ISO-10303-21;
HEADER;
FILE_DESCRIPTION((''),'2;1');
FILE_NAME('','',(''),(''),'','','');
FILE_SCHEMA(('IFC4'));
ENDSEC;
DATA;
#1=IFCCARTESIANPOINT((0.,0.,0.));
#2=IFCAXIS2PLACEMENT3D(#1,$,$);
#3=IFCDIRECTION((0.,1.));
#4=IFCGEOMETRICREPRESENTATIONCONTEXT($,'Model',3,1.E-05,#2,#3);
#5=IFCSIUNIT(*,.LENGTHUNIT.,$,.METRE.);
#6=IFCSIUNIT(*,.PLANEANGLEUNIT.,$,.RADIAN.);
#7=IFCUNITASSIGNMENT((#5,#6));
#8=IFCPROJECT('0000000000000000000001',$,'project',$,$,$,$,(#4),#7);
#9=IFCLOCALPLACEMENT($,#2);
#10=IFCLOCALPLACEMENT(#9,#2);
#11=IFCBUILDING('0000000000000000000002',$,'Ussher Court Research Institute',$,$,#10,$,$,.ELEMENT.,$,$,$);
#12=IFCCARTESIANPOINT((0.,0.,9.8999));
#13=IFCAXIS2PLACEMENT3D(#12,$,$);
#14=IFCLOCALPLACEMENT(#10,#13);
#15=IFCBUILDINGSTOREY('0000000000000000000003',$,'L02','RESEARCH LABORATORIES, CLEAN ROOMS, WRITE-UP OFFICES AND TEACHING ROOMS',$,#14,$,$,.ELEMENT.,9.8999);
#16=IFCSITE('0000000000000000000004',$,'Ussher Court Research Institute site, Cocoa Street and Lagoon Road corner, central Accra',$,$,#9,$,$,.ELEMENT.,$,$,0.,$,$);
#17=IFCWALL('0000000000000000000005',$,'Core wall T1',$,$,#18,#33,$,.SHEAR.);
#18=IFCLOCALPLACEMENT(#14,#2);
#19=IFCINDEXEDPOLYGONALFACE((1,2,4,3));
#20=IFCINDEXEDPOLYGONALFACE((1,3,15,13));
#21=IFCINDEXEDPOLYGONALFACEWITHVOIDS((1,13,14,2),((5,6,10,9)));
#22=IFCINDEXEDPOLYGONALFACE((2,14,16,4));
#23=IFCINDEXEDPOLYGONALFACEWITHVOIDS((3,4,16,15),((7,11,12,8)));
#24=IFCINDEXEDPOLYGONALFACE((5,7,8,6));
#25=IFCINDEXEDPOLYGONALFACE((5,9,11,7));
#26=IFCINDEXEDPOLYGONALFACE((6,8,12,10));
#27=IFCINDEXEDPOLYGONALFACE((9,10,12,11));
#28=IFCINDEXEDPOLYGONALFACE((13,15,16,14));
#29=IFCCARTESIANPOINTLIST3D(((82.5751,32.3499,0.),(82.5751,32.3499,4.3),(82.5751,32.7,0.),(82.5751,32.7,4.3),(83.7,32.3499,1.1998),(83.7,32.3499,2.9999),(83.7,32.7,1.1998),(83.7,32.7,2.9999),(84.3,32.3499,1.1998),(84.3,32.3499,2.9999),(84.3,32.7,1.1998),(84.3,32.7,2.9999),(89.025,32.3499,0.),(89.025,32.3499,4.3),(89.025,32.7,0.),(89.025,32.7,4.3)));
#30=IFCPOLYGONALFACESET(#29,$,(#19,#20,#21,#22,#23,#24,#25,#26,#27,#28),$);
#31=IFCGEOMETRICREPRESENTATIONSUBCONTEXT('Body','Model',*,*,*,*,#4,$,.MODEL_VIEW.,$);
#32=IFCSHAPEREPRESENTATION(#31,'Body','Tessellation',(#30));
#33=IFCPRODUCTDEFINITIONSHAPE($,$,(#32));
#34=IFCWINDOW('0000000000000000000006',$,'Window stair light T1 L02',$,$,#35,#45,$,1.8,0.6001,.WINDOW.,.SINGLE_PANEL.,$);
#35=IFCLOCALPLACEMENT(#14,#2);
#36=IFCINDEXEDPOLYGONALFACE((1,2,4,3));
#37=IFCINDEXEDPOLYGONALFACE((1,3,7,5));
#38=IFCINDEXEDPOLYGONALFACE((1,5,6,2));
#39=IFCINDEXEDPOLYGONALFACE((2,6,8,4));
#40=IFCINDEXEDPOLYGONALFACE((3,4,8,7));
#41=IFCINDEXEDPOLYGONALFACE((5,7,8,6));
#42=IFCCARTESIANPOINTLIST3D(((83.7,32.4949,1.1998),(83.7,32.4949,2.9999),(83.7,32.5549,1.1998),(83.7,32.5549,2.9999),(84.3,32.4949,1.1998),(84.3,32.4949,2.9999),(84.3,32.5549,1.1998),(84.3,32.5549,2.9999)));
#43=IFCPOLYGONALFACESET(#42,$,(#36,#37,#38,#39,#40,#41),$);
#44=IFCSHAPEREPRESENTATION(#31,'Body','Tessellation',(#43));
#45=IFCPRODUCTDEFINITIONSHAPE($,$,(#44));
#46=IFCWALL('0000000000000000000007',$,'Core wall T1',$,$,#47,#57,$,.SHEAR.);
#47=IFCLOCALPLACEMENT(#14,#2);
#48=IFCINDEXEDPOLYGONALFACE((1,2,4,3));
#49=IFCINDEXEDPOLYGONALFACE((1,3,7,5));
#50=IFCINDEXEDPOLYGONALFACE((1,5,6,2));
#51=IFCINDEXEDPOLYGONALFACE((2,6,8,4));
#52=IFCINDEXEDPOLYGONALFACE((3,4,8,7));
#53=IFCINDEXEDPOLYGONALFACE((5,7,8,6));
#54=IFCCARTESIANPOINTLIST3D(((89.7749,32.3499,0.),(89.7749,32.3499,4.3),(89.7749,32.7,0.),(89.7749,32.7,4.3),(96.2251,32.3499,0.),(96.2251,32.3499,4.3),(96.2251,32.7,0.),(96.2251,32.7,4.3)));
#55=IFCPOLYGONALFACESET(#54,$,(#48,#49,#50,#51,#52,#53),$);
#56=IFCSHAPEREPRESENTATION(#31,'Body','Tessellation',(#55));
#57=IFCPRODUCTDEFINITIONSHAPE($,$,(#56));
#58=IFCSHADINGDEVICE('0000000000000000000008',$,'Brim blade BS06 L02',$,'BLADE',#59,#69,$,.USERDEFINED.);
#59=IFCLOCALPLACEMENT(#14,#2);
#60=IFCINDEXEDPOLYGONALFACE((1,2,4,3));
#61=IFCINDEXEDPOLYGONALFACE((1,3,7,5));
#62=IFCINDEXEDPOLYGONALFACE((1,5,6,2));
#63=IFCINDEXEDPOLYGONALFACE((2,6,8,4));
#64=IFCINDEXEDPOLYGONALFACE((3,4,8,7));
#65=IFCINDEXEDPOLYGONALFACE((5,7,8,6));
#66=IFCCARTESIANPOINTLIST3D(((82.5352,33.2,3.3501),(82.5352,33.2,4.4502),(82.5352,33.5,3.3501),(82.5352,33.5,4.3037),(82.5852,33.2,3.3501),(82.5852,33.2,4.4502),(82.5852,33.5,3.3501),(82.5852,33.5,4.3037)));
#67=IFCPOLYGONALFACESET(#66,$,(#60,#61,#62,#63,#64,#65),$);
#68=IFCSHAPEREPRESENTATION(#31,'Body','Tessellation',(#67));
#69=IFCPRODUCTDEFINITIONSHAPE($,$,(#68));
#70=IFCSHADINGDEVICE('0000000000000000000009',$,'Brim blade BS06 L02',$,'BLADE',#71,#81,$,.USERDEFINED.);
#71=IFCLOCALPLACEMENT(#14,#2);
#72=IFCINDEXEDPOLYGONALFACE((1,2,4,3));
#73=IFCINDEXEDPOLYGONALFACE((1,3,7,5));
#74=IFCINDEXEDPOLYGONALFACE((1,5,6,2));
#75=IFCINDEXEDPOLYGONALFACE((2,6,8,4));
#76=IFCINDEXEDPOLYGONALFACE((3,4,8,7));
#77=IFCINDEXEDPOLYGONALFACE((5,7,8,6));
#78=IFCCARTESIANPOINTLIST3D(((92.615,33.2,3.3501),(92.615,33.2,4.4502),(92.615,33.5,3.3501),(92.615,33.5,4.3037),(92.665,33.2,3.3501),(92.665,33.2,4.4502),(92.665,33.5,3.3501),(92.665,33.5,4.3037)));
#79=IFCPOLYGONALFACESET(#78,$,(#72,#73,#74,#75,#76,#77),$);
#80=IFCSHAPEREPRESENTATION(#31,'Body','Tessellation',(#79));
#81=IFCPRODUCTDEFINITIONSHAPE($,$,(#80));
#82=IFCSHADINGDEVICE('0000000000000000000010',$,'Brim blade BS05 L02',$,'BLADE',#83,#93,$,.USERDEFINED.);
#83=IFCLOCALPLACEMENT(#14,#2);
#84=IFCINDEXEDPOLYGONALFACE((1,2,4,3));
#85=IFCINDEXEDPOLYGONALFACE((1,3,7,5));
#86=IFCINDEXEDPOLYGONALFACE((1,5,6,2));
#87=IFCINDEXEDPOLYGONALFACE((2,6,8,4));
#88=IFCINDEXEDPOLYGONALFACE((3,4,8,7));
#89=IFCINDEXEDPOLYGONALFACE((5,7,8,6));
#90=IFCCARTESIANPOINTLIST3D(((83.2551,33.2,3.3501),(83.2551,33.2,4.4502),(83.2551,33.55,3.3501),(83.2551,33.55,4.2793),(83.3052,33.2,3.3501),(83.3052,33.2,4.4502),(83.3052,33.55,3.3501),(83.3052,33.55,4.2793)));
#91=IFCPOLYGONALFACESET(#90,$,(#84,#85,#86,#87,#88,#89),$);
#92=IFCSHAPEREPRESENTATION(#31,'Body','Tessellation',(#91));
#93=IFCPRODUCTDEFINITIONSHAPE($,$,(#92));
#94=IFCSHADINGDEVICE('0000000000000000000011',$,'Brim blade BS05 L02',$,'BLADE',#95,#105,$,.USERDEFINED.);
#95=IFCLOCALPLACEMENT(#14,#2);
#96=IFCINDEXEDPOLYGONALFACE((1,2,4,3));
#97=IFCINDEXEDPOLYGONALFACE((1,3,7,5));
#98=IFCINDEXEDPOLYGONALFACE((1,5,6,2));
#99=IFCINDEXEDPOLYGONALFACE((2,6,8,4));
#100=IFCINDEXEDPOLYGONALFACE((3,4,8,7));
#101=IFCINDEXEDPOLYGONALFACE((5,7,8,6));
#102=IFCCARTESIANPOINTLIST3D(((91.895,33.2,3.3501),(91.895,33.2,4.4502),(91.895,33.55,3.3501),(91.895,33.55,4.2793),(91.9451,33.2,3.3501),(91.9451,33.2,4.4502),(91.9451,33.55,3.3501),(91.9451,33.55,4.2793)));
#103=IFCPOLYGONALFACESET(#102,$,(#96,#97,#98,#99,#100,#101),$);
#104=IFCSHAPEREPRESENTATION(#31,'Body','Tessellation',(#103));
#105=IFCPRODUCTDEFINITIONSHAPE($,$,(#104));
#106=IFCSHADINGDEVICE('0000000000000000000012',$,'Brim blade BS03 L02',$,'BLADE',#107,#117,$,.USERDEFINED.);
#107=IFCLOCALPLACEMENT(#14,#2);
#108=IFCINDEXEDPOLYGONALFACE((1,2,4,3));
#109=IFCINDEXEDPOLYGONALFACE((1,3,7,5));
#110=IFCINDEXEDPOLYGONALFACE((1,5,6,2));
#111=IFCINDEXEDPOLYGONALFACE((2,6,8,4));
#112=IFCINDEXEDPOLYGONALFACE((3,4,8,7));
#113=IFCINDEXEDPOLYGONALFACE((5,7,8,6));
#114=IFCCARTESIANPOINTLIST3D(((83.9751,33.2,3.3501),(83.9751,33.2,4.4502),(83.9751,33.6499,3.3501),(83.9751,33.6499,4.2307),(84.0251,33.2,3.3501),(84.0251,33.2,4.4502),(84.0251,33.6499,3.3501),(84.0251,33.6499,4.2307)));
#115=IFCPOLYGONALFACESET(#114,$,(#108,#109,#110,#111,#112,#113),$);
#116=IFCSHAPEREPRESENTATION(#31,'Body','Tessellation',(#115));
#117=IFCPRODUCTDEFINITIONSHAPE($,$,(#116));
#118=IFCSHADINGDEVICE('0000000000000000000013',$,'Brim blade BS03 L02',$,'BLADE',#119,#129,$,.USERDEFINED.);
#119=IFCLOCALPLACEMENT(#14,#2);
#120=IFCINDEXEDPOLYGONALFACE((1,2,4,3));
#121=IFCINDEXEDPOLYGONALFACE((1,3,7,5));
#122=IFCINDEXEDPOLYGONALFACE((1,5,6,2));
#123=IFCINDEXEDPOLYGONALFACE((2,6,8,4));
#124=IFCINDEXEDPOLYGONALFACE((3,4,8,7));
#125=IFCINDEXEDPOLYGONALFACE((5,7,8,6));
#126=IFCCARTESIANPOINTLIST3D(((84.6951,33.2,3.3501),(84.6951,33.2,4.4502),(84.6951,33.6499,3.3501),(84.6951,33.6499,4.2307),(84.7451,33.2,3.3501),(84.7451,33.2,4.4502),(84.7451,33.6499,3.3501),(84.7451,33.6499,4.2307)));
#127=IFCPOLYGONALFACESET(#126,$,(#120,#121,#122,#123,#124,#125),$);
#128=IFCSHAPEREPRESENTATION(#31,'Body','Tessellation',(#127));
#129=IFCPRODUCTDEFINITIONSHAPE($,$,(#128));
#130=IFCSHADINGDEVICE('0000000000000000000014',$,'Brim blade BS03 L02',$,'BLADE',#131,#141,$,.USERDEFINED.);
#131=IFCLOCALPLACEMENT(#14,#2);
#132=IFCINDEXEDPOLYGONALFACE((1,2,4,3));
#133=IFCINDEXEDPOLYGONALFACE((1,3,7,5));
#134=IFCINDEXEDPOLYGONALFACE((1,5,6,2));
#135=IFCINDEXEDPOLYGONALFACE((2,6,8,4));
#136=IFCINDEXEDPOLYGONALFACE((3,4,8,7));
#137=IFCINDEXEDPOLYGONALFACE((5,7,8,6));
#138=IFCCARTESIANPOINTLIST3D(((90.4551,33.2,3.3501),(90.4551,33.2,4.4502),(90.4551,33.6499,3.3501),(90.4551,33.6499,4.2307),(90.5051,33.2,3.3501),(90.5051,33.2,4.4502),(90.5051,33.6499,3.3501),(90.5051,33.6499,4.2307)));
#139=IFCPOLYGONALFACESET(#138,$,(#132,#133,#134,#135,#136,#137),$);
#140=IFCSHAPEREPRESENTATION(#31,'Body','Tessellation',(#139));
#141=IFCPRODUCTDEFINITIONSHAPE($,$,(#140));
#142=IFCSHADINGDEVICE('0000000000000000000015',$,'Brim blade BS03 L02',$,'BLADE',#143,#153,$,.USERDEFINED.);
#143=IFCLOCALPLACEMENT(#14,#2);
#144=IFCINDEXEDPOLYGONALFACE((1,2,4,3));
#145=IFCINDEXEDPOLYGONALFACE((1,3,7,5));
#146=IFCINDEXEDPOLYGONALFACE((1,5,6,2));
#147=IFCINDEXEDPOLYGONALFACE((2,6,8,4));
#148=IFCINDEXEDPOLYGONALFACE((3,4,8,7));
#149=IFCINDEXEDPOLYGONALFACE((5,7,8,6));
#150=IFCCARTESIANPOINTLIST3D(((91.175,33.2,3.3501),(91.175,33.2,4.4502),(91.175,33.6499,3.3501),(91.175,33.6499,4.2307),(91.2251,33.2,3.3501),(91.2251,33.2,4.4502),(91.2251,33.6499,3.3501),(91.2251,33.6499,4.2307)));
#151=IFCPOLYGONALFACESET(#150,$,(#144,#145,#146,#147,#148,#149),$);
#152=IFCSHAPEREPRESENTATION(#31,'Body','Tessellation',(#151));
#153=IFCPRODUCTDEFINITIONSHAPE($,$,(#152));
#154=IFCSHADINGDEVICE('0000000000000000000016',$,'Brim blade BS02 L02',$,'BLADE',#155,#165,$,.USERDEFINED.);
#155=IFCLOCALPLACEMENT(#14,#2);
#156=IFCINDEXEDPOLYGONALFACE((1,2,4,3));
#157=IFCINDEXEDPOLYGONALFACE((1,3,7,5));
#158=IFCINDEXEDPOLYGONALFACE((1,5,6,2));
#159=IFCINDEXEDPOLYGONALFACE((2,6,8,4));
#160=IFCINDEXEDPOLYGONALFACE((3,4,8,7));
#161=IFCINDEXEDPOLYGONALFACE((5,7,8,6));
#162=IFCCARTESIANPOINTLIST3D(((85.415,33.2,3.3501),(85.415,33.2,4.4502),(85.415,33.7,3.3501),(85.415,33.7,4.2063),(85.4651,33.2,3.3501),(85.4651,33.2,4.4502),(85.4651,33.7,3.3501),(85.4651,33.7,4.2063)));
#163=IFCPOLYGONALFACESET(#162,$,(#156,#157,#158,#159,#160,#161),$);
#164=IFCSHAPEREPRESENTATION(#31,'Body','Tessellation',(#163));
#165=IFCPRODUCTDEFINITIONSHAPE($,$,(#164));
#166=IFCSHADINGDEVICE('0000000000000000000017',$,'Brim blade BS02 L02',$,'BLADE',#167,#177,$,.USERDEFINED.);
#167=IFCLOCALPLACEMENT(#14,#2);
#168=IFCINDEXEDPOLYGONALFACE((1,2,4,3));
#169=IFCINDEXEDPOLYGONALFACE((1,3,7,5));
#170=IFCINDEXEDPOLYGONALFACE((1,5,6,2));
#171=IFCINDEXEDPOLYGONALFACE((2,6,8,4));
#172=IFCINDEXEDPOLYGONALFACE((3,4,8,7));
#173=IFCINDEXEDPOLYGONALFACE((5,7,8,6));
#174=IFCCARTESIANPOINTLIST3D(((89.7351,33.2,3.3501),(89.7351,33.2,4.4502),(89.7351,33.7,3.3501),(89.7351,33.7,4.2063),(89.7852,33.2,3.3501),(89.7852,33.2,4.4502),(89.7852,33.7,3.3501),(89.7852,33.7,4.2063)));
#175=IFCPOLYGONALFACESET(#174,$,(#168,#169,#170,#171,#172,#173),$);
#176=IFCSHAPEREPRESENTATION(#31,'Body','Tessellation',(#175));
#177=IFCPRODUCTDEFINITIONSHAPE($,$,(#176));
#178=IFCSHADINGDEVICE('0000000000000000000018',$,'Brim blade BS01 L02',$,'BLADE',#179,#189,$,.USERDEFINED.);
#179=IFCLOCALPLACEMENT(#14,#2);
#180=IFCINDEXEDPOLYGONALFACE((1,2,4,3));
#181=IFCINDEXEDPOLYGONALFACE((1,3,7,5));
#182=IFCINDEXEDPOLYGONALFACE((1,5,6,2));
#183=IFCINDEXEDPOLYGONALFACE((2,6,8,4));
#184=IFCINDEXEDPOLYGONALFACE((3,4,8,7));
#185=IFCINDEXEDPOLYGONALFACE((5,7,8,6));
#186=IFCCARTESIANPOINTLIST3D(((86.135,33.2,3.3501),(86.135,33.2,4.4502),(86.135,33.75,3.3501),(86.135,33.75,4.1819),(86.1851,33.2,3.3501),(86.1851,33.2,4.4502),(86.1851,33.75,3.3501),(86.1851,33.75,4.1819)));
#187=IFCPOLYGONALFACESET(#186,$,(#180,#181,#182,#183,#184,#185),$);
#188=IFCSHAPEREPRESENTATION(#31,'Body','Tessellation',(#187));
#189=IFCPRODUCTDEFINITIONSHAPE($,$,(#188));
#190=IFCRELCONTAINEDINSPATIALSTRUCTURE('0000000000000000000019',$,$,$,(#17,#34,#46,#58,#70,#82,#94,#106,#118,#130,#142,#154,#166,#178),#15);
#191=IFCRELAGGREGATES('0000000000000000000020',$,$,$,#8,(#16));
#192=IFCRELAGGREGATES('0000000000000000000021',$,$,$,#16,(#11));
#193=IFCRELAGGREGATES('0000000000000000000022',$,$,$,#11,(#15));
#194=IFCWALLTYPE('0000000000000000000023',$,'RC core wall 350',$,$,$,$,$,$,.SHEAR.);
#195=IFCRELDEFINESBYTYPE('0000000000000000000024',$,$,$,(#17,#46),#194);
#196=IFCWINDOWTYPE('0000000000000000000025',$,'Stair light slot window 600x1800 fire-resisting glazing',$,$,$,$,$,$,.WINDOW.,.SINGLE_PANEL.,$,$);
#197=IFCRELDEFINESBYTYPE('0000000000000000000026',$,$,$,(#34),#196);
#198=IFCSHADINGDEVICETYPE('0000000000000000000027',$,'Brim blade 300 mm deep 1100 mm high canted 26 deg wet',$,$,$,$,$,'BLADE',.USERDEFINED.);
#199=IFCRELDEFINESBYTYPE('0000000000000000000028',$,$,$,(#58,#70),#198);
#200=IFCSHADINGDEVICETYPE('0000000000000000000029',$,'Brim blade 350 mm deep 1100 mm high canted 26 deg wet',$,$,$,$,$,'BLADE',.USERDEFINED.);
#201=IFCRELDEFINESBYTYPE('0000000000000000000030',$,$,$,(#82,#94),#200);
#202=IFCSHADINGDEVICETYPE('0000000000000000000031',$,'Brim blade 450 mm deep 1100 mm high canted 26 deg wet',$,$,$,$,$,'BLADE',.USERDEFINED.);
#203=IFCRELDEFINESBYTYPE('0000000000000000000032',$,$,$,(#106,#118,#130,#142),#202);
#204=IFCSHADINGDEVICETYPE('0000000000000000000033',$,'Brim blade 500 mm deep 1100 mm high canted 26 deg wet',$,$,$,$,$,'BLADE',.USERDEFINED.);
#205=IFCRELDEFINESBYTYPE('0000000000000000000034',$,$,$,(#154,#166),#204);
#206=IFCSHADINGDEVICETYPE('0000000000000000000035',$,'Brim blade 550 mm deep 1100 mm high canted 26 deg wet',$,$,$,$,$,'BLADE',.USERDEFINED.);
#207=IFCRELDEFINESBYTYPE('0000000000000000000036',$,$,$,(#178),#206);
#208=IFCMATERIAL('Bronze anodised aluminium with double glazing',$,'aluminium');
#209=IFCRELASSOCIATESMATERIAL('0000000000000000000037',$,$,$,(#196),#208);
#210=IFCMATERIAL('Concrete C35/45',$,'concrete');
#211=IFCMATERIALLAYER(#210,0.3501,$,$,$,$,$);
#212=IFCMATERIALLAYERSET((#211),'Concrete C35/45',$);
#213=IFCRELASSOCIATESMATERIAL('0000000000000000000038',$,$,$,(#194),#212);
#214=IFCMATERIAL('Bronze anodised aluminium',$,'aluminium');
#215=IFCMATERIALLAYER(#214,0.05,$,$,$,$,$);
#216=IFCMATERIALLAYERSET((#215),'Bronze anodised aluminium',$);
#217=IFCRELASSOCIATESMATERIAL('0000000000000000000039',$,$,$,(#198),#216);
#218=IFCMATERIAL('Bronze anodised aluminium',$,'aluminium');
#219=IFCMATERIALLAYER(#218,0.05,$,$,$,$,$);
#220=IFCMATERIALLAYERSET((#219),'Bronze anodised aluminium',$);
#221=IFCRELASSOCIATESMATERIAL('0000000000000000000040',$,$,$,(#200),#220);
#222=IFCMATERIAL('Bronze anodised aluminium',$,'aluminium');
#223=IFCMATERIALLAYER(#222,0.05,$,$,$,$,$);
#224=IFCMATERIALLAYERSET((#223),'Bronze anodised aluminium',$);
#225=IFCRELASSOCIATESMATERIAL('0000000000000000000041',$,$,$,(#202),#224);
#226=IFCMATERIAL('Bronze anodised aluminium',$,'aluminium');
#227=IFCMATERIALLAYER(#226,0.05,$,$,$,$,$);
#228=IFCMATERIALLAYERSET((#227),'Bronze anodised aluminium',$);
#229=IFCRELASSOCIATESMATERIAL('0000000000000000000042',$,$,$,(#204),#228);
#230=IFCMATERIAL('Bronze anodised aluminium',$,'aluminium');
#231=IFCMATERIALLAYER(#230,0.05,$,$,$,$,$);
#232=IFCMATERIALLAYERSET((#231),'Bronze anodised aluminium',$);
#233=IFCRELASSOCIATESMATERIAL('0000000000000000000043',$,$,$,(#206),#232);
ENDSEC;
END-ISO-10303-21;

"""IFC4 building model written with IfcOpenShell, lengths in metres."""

from ifc_helpers import new_model, si_unit, direction, frame, frame_2d, origin, place, context, subcontext, project, spatial, polyline, rectangle, outline, extrude, material, layer, layer_set, type_object, element, fill, save


model = new_model("IFC4")

# Units and contexts
model_context = context("Model", 3, precision=1e-05, world=origin(), true_north=direction((0.0, 1.0)))
body_context = subcontext(model_context, "Body", "Model", "MODEL_VIEW")
ifc_project = project(units=[si_unit("LENGTHUNIT", "METRE"), si_unit("PLANEANGLEUNIT", "RADIAN")], contexts=[model_context])

# Site, building, storey
site_placement = place(None, origin())
site = spatial("IfcSite", under=ifc_project, at=site_placement, Name="Ussher Court Research Institute site, Cocoa Street and Lagoon Road corner, central Accra", CompositionType="ELEMENT", RefElevation=0.0)
building_placement = place(site_placement, origin())
building = spatial("IfcBuilding", under=site, at=building_placement, Name="Ussher Court Research Institute", CompositionType="ELEMENT")
storey_placement = place(building_placement, frame((0.0, 0.0, 9.8999)))
storey = spatial("IfcBuildingStorey", under=building, at=storey_placement, Name="L02", Description="RESEARCH LABORATORIES, CLEAN ROOMS, WRITE-UP OFFICES AND TEACHING ROOMS", CompositionType="ELEMENT", Elevation=9.8999)

# Shared definitions
ifc_material_1 = material(Name="Bronze anodised aluminium with double glazing", Category="aluminium")
window_type = type_object("IfcWindowType", Name="Stair light slot window 600x1800 fire-resisting glazing", PartitioningType="SINGLE_PANEL", PredefinedType="WINDOW", material=ifc_material_1)

# Wall, opening, window
ifc_material_2 = material(Name="Concrete C35/45", Category="concrete")
ifc_layer_1 = layer(ifc_material_2, 0.3501)
ifc_layer_set_1 = layer_set([ifc_layer_1], Name="Concrete C35/45")
wall_type_1 = type_object("IfcWallType", Name="RC core wall 350", PredefinedType="SHEAR", material=ifc_layer_set_1)
wall_1_placement = place(storey_placement, frame((82.575, 32.5249, 0.0), z_axis=(0.0, 0.0, 1.0), x_axis=(1.0, 0.0, 0.0)))
wall_1 = element("IfcWall", 1, at=wall_1_placement, inside=storey, type_object=wall_type_1, Name="Core wall T1", PredefinedType="SHEAR", context=body_context, shape_type="SweptSolid", body=[
    extrude(rectangle(XDim=6.45, YDim=0.3501, at=frame_2d((3.2251, 0.0))), origin(), (0.0, 0.0, 1.0), 4.3),
])
opening_1_placement = place(wall_1_placement, frame((1.125, 0.0, 1.2)))
opening_1 = element("IfcOpeningElement", 2, at=opening_1_placement, cuts=wall_1, PredefinedType="OPENING", context=body_context, shape_type="SweptSolid", body=[
    extrude(rectangle(XDim=0.6001, YDim=1.8, at=frame_2d((0.3, 0.8999))), frame((0.0, 0.1851, 0.0), z_axis=(0.0, -1.0, 0.0), x_axis=(1.0, 0.0, 0.0)), (0.0, 0.0, 1.0), 0.3701),
])
window_1_placement = place(opening_1_placement, origin())
window_1 = element("IfcWindow", 3, at=window_1_placement, inside=storey, type_object=window_type, Name="Window stair light T1 L02", OverallHeight=1.8, OverallWidth=0.6001, PartitioningType="SINGLE_PANEL", PredefinedType="WINDOW", context=body_context, shape_type="SweptSolid", body=[
    extrude(rectangle(XDim=0.6001, YDim=1.8, at=frame_2d((0.3, 0.8999))), frame((0.0, 0.03, 0.0), z_axis=(0.0, -1.0, 0.0), x_axis=(1.0, 0.0, 0.0)), (0.0, 0.0, 1.0), 0.0601),
])
fill(opening_1, window_1)

# Wall
wall_2_placement = place(storey_placement, frame((89.7749, 32.5249, 0.0), z_axis=(0.0, 0.0, 1.0), x_axis=(1.0, 0.0, 0.0)))
element("IfcWall", 4, at=wall_2_placement, inside=storey, type_object=wall_type_1, Name="Core wall T1", PredefinedType="SHEAR", context=body_context, shape_type="SweptSolid", body=[
    extrude(rectangle(XDim=6.4502, YDim=0.3501, at=frame_2d((3.2251, 0.0))), origin(), (0.0, 0.0, 1.0), 4.3),
])

# Shading devices
ifc_material_3 = material(Name="Bronze anodised aluminium", Category="aluminium")
ifc_layer_2 = layer(ifc_material_3, 0.05)
ifc_layer_set_2 = layer_set([ifc_layer_2], Name="Bronze anodised aluminium")
shading_device_type_1 = type_object("IfcShadingDeviceType", Name="Brim blade 300 mm deep 1100 mm high canted 26 deg wet", ElementType="BLADE", PredefinedType="USERDEFINED", material=ifc_layer_set_2)
for number, where, z_axis, x_axis, name in (
    (5, (82.5601, 33.2, 3.3501), (0.0, 0.0, 1.0), (0.0, 1.0, 0.0), "Brim blade BS06 L02"),
    (6, (92.6399, 33.2, 3.3501), (0.0, 0.0, 1.0), (0.0, 1.0, 0.0), "Brim blade BS06 L02"),
):
    element("IfcShadingDevice", number, at=place(storey_placement, frame(where, z_axis=z_axis, x_axis=x_axis)), inside=storey, type_object=shading_device_type_1, Name=name, ObjectType="BLADE", PredefinedType="USERDEFINED", context=body_context, shape_type="SweptSolid", body=[
        extrude(outline(polyline([(0.0, 0.0), (0.3, 0.0), (0.3, 0.9536), (0.0, 1.1001), (0.0, 0.0)])), frame((0.0, 0.0249, 0.0), z_axis=(0.0, -1.0, 0.0), x_axis=(1.0, 0.0, 0.0)), (0.0, 0.0, 1.0), 0.05),
    ])
ifc_material_4 = material(Name="Bronze anodised aluminium", Category="aluminium")
ifc_layer_3 = layer(ifc_material_4, 0.05)
ifc_layer_set_3 = layer_set([ifc_layer_3], Name="Bronze anodised aluminium")
shading_device_type_2 = type_object("IfcShadingDeviceType", Name="Brim blade 350 mm deep 1100 mm high canted 26 deg wet", ElementType="BLADE", PredefinedType="USERDEFINED", material=ifc_layer_set_3)
for number, where, z_axis, x_axis, name in (
    (7, (83.28, 33.2, 3.3501), (0.0, 0.0, 1.0), (0.0, 1.0, 0.0), "Brim blade BS05 L02"),
    (8, (91.9199, 33.2, 3.3501), (0.0, 0.0, 1.0), (0.0, 1.0, 0.0), "Brim blade BS05 L02"),
):
    element("IfcShadingDevice", number, at=place(storey_placement, frame(where, z_axis=z_axis, x_axis=x_axis)), inside=storey, type_object=shading_device_type_2, Name=name, ObjectType="BLADE", PredefinedType="USERDEFINED", context=body_context, shape_type="SweptSolid", body=[
        extrude(outline(polyline([(0.0, 0.0), (0.3501, 0.0), (0.3501, 0.9292), (0.0, 1.1001), (0.0, 0.0)])), frame((0.0, 0.0249, 0.0), z_axis=(0.0, -1.0, 0.0), x_axis=(1.0, 0.0, 0.0)), (0.0, 0.0, 1.0), 0.05),
    ])
ifc_material_5 = material(Name="Bronze anodised aluminium", Category="aluminium")
ifc_layer_4 = layer(ifc_material_5, 0.05)
ifc_layer_set_4 = layer_set([ifc_layer_4], Name="Bronze anodised aluminium")
shading_device_type_3 = type_object("IfcShadingDeviceType", Name="Brim blade 450 mm deep 1100 mm high canted 26 deg wet", ElementType="BLADE", PredefinedType="USERDEFINED", material=ifc_layer_set_4)
for number, where, z_axis, x_axis, name in (
    (9, (84.0, 33.2, 3.3501), (0.0, 0.0, 1.0), (0.0, 1.0, 0.0), "Brim blade BS03 L02"),
    (10, (84.72, 33.2, 3.3501), (0.0, 0.0, 1.0), (0.0, 1.0, 0.0), "Brim blade BS03 L02"),
    (11, (90.48, 33.2, 3.3501), (0.0, 0.0, 1.0), (0.0, 1.0, 0.0), "Brim blade BS03 L02"),
    (12, (91.2, 33.2, 3.3501), (0.0, 0.0, 1.0), (0.0, 1.0, 0.0), "Brim blade BS03 L02"),
):
    element("IfcShadingDevice", number, at=place(storey_placement, frame(where, z_axis=z_axis, x_axis=x_axis)), inside=storey, type_object=shading_device_type_3, Name=name, ObjectType="BLADE", PredefinedType="USERDEFINED", context=body_context, shape_type="SweptSolid", body=[
        extrude(outline(polyline([(0.0, 0.0), (0.45, 0.0), (0.45, 0.8806), (0.0, 1.1001), (0.0, 0.0)])), frame((0.0, 0.0249, 0.0), z_axis=(0.0, -1.0, 0.0), x_axis=(1.0, 0.0, 0.0)), (0.0, 0.0, 1.0), 0.05),
    ])
ifc_material_6 = material(Name="Bronze anodised aluminium", Category="aluminium")
ifc_layer_5 = layer(ifc_material_6, 0.05)
ifc_layer_set_5 = layer_set([ifc_layer_5], Name="Bronze anodised aluminium")
shading_device_type_4 = type_object("IfcShadingDeviceType", Name="Brim blade 500 mm deep 1100 mm high canted 26 deg wet", ElementType="BLADE", PredefinedType="USERDEFINED", material=ifc_layer_set_5)
for number, where, z_axis, x_axis, name in (
    (13, (85.4399, 33.2, 3.3501), (0.0, 0.0, 1.0), (0.0, 1.0, 0.0), "Brim blade BS02 L02"),
    (14, (89.76, 33.2, 3.3501), (0.0, 0.0, 1.0), (0.0, 1.0, 0.0), "Brim blade BS02 L02"),
):
    element("IfcShadingDevice", number, at=place(storey_placement, frame(where, z_axis=z_axis, x_axis=x_axis)), inside=storey, type_object=shading_device_type_4, Name=name, ObjectType="BLADE", PredefinedType="USERDEFINED", context=body_context, shape_type="SweptSolid", body=[
        extrude(outline(polyline([(0.0, 0.0), (0.5, 0.0), (0.5, 0.8562), (0.0, 1.1001), (0.0, 0.0)])), frame((0.0, 0.0249, 0.0), z_axis=(0.0, -1.0, 0.0), x_axis=(1.0, 0.0, 0.0)), (0.0, 0.0, 1.0), 0.05),
    ])
ifc_material_7 = material(Name="Bronze anodised aluminium", Category="aluminium")
ifc_layer_6 = layer(ifc_material_7, 0.05)
ifc_layer_set_6 = layer_set([ifc_layer_6], Name="Bronze anodised aluminium")
shading_device_type_5 = type_object("IfcShadingDeviceType", Name="Brim blade 550 mm deep 1100 mm high canted 26 deg wet", ElementType="BLADE", PredefinedType="USERDEFINED", material=ifc_layer_set_6)
for number, where, z_axis, x_axis, name in (
    (15, (86.1599, 33.2, 3.3501), (0.0, 0.0, 1.0), (0.0, 1.0, 0.0), "Brim blade BS01 L02"),
):
    element("IfcShadingDevice", number, at=place(storey_placement, frame(where, z_axis=z_axis, x_axis=x_axis)), inside=storey, type_object=shading_device_type_5, Name=name, ObjectType="BLADE", PredefinedType="USERDEFINED", context=body_context, shape_type="SweptSolid", body=[
        extrude(outline(polyline([(0.0, 0.0), (0.55, 0.0), (0.55, 0.8318), (0.0, 1.1001), (0.0, 0.0)])), frame((0.0, 0.0249, 0.0), z_axis=(0.0, -1.0, 0.0), x_axis=(1.0, 0.0, 0.0)), (0.0, 0.0, 1.0), 0.05),
    ])

save(model, "model.ifc")
